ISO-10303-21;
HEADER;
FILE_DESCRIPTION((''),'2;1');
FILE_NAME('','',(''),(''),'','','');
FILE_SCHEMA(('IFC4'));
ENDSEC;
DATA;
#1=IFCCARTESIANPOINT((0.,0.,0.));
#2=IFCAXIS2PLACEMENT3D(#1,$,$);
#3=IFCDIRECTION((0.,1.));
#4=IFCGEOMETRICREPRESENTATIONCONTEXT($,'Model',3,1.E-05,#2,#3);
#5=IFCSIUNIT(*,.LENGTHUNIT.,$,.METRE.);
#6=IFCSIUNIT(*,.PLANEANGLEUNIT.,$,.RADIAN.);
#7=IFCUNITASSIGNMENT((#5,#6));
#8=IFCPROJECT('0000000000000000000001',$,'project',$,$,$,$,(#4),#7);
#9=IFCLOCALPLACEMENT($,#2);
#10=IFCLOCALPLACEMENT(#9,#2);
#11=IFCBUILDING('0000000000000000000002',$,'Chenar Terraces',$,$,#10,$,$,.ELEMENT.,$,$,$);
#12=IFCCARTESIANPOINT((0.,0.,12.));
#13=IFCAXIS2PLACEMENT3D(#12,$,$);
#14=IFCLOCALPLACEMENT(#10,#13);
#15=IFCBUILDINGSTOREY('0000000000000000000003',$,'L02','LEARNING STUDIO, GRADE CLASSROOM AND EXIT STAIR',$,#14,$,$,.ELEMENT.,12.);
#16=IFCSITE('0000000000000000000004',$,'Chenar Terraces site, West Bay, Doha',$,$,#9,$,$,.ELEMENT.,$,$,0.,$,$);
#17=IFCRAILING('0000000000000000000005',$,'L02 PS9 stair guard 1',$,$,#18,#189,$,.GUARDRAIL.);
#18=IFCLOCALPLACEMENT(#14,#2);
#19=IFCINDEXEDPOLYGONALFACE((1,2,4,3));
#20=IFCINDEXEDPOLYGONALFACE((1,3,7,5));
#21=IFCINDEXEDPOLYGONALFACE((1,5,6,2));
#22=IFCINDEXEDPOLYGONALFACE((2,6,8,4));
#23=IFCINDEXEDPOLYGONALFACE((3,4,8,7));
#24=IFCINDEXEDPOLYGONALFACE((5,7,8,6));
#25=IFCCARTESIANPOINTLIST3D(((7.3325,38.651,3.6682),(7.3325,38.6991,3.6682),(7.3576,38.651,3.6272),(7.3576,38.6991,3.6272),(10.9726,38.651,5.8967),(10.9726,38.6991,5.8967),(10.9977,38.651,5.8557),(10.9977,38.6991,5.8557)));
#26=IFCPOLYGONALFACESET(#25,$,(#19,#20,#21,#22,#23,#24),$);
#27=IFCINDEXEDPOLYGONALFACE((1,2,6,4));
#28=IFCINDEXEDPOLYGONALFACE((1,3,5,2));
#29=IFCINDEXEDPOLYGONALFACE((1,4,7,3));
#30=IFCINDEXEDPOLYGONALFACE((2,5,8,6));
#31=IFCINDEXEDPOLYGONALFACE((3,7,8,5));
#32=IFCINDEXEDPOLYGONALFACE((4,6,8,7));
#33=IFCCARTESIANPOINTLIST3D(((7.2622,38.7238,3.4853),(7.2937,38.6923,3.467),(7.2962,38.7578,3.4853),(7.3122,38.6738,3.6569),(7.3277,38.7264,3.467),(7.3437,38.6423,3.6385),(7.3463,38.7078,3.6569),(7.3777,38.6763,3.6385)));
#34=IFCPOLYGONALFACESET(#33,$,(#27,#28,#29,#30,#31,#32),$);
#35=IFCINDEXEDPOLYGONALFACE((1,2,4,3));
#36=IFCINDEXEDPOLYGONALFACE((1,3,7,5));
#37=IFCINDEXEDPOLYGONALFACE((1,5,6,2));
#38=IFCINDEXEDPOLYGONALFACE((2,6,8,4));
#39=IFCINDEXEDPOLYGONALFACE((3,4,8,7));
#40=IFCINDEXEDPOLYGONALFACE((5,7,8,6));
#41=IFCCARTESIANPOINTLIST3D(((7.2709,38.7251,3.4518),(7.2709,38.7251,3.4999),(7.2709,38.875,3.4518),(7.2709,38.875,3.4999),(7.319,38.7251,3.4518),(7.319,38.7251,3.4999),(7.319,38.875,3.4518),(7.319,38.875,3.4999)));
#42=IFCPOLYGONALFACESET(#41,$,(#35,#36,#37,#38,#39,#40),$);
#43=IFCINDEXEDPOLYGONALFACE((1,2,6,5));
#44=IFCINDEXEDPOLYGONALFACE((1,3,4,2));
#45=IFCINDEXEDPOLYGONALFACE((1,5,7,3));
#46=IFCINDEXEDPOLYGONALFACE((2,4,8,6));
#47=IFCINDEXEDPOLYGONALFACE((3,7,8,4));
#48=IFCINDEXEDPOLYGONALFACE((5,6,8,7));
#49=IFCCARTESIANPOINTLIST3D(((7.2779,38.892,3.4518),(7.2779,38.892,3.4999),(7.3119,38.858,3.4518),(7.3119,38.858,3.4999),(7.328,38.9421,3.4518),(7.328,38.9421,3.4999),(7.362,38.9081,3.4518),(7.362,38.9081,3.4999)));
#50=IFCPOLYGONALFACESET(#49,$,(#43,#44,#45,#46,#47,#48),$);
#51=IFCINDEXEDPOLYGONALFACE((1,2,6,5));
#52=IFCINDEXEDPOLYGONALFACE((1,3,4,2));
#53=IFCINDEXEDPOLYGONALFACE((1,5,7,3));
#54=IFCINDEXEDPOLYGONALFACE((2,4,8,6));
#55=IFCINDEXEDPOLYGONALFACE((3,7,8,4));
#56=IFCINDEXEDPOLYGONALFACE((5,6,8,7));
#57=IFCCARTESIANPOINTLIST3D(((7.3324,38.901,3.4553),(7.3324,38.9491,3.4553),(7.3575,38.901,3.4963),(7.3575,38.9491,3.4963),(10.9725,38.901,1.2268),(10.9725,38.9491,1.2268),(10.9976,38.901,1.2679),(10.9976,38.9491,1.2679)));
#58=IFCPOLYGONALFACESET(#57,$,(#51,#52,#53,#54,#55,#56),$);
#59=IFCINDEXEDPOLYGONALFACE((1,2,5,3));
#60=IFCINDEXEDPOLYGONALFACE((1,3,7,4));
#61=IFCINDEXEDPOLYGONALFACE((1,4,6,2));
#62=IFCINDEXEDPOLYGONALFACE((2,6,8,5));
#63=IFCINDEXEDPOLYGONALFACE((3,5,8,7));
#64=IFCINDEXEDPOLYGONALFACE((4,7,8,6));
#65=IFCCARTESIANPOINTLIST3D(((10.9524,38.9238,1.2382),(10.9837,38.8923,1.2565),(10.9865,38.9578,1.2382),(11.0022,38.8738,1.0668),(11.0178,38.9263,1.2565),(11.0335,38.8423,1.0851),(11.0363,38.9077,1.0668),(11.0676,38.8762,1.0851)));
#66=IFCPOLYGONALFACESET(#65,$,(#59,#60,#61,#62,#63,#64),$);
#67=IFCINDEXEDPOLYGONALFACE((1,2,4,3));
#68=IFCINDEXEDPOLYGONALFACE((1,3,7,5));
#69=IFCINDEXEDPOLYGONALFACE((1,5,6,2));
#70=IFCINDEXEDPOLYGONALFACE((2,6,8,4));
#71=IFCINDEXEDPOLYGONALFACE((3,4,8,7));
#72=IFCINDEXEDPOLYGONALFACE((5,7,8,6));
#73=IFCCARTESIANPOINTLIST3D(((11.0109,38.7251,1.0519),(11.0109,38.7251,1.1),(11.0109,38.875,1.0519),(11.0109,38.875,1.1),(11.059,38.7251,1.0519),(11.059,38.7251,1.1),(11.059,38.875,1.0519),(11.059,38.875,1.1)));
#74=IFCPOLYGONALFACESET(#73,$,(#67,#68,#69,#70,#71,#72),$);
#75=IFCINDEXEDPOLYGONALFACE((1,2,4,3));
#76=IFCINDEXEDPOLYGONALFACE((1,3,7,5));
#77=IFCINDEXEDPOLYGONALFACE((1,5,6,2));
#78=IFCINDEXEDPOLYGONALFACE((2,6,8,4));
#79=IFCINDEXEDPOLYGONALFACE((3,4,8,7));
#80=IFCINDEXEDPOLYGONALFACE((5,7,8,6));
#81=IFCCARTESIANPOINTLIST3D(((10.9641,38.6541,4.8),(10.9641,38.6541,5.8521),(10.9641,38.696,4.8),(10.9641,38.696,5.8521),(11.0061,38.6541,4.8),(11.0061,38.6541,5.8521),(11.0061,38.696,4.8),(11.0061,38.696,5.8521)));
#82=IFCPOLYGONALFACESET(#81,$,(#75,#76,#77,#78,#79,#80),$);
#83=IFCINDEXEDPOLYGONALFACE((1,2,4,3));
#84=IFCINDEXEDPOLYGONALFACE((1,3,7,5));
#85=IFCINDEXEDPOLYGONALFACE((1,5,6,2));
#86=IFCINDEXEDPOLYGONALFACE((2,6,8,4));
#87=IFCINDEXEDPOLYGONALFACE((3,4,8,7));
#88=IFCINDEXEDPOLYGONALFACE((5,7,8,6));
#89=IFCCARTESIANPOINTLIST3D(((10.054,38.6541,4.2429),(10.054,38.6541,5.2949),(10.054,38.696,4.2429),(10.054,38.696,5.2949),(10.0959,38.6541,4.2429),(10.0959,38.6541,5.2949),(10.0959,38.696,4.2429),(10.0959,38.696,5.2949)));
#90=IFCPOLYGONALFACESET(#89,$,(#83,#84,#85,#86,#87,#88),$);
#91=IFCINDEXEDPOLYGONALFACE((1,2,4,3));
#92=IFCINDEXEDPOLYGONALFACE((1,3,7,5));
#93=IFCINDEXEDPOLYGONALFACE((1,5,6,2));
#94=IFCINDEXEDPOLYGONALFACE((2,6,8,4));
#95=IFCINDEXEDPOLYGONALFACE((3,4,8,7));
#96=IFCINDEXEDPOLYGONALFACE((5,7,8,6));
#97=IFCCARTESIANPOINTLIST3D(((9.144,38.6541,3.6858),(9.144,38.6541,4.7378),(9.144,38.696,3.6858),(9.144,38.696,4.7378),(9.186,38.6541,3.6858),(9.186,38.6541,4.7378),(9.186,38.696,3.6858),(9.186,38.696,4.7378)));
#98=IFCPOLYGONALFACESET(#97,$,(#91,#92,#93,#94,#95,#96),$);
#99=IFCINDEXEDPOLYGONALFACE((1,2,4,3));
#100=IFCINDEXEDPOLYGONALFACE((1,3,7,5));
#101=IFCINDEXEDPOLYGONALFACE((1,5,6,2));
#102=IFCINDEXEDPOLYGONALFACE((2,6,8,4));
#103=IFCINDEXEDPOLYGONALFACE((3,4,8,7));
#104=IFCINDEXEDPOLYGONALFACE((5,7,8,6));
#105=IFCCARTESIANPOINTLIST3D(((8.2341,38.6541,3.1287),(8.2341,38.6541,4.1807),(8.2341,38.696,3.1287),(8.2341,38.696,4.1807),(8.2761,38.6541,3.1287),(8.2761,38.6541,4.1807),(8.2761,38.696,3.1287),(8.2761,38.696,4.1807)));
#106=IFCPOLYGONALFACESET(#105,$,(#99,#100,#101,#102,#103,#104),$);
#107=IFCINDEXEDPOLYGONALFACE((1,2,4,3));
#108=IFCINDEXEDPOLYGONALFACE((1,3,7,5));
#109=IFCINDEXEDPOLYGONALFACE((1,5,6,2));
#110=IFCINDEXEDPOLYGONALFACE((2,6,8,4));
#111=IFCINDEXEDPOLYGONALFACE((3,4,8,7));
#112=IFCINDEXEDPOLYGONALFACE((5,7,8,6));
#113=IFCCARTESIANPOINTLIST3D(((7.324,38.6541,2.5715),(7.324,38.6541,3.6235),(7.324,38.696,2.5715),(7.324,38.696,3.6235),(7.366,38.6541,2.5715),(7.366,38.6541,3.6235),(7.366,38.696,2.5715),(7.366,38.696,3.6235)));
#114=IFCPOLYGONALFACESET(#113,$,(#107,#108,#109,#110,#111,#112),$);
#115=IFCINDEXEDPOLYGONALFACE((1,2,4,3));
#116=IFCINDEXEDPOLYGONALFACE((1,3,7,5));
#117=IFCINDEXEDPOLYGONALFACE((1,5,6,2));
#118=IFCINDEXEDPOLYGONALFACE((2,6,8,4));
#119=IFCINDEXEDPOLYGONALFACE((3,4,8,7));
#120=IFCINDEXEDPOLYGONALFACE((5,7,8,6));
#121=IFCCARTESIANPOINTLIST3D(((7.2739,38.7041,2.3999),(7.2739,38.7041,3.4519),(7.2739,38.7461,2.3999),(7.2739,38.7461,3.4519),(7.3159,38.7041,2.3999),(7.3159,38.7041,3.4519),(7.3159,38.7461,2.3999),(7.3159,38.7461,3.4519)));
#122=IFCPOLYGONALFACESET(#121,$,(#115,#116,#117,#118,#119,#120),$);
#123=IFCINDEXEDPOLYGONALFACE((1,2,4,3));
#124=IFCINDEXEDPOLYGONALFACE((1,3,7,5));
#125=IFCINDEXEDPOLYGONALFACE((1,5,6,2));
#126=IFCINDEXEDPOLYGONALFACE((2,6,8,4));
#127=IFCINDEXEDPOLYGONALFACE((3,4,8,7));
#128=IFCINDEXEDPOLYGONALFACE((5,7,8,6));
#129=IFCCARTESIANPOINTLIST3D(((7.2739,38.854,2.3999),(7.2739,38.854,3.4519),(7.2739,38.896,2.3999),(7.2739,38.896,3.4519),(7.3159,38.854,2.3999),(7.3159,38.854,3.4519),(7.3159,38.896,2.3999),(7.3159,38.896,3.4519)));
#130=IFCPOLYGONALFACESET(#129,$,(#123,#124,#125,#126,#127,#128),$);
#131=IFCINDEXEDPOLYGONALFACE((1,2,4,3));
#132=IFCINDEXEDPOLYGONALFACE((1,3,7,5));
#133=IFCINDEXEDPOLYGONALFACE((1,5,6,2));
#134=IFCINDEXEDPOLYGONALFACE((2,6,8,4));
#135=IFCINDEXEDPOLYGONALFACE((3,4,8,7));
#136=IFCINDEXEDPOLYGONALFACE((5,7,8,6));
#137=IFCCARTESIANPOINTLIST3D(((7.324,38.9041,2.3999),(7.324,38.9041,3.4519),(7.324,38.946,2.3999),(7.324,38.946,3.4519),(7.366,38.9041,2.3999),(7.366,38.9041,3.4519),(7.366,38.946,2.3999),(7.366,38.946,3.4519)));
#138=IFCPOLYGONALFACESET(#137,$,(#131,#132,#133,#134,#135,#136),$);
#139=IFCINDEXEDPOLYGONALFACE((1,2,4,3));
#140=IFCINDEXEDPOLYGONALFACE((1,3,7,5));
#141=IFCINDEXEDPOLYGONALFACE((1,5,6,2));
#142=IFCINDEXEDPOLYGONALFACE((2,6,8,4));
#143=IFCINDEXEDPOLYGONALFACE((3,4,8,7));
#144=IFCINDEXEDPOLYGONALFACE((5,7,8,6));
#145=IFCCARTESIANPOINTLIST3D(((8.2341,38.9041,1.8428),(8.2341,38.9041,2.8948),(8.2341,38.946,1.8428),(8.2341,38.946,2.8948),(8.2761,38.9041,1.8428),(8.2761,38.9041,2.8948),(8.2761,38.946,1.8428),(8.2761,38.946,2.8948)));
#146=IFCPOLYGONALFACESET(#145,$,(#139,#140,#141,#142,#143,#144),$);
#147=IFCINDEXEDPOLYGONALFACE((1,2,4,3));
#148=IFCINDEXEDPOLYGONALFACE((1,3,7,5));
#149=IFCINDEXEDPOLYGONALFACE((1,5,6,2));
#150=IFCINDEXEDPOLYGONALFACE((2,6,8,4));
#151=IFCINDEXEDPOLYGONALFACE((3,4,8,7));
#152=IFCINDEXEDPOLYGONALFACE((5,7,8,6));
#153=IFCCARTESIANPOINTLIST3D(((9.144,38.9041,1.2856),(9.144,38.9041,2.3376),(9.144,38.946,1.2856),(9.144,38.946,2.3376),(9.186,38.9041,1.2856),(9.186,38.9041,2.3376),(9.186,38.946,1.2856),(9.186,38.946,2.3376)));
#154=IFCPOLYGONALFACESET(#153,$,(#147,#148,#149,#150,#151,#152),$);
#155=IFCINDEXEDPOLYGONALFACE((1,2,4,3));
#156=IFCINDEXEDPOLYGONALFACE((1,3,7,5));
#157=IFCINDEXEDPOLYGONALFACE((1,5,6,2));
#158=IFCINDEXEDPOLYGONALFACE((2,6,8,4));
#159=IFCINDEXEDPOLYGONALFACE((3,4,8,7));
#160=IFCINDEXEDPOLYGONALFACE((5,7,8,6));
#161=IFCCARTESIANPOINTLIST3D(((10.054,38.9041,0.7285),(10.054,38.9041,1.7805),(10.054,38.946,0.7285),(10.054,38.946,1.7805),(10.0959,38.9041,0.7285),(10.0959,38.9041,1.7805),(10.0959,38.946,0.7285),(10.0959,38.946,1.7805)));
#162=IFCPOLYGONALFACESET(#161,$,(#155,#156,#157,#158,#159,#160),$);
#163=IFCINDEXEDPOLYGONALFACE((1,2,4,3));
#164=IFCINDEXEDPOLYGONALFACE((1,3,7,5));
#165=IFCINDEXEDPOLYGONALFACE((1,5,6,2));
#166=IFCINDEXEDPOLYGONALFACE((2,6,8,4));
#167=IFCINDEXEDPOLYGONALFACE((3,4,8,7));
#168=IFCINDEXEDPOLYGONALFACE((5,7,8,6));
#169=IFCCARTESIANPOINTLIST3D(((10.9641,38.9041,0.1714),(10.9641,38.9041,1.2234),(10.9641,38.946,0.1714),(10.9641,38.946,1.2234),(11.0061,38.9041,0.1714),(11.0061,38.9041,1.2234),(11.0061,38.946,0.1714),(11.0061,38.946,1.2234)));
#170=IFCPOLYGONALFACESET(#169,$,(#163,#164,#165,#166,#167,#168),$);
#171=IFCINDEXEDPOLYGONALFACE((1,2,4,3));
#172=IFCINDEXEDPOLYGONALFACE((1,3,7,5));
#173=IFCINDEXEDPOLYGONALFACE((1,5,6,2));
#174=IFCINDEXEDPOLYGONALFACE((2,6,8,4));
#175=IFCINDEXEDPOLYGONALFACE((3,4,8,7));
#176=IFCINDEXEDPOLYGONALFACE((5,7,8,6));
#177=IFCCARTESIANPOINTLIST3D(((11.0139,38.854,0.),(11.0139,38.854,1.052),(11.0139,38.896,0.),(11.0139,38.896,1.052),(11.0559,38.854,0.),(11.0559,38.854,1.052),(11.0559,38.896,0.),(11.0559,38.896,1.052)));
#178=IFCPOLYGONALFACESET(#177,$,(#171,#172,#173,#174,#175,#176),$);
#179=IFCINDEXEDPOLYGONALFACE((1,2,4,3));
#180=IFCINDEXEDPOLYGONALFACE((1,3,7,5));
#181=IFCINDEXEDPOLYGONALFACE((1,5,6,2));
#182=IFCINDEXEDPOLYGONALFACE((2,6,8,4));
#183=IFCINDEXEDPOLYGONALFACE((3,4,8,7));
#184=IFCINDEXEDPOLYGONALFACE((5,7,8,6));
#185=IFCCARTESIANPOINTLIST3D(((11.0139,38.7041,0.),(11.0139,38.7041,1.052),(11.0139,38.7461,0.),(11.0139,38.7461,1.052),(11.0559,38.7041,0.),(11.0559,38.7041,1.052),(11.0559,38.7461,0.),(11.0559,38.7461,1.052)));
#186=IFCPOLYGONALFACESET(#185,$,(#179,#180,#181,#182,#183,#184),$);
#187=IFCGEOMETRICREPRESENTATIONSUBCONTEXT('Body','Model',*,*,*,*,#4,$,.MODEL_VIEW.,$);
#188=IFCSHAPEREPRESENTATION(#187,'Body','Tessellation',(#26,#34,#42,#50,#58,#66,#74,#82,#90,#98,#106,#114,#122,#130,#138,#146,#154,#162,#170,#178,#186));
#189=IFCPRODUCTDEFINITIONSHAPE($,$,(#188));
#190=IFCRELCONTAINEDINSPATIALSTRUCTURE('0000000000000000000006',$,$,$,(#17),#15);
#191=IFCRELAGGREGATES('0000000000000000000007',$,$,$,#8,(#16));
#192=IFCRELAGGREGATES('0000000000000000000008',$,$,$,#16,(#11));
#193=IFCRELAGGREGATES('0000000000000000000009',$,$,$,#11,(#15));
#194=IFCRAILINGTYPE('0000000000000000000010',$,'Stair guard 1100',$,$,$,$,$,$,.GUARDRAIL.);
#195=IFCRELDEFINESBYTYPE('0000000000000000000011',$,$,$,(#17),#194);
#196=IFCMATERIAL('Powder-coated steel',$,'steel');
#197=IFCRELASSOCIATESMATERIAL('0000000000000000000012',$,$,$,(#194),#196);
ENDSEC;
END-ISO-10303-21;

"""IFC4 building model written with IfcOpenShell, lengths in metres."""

from ifc_helpers import new_model, si_unit, direction, frame, origin, origin_2d, place, context, subcontext, project, spatial, rectangle, extrude, material, type_object, element, save


model = new_model("IFC4")

# Units and contexts
model_context = context("Model", 3, precision=1e-05, world=origin(), true_north=direction((0.0, 1.0)))
body_context = subcontext(model_context, "Body", "Model", "MODEL_VIEW")
ifc_project = project(units=[si_unit("LENGTHUNIT", "METRE"), si_unit("PLANEANGLEUNIT", "RADIAN")], contexts=[model_context])

# Site, building, storey
site_placement = place(None, origin())
site = spatial("IfcSite", under=ifc_project, at=site_placement, Name="Chenar Terraces site, West Bay, Doha", CompositionType="ELEMENT", RefElevation=0.0)
building_placement = place(site_placement, origin())
building = spatial("IfcBuilding", under=site, at=building_placement, Name="Chenar Terraces", CompositionType="ELEMENT")
storey_placement = place(building_placement, frame((0.0, 0.0, 12.0)))
storey = spatial("IfcBuildingStorey", under=building, at=storey_placement, Name="L02", Description="LEARNING STUDIO, GRADE CLASSROOM AND EXIT STAIR", CompositionType="ELEMENT", Elevation=12.0)

# Railing
ifc_material_1 = material(Name="Powder-coated steel", Category="steel")
railing_type_1 = type_object("IfcRailingType", Name="Stair guard 1100", PredefinedType="GUARDRAIL", material=ifc_material_1)
railing_1_placement = place(storey_placement, frame((10.9851, 38.675, 4.8)))
element("IfcRailing", 1, at=railing_1_placement, inside=storey, type_object=railing_type_1, Name="L02 PS9 stair guard 1", PredefinedType="GUARDRAIL", context=body_context, shape_type="SweptSolid", body=[
    extrude(rectangle(XDim=0.0481, YDim=0.0481, at=origin_2d()), frame((0.0, 0.0, 1.0762), z_axis=(-0.852866, 0.0, -0.52213), x_axis=(0.0, -1.0, 0.0)), (0.0, 0.0, 1.0), 4.2681),
    extrude(rectangle(XDim=0.0481, YDim=0.0481, at=origin_2d()), frame((-3.6401, 0.0, -1.1523), z_axis=(-0.269583, 0.269583, -0.924473), x_axis=(-0.707107, -0.707107, 0.0)), (0.0, 0.0, 1.0), 0.1855),
    extrude(rectangle(XDim=0.0481, YDim=0.0481, at=origin_2d()), frame((-3.6902, 0.05, -1.3242), z_axis=(0.0, 1.0, 0.0), x_axis=(-1.0, 0.0, 0.0)), (0.0, 0.0, 1.0), 0.1499),
    extrude(rectangle(XDim=0.0481, YDim=0.0481, at=origin_2d()), frame((-3.6902, 0.2, -1.3242), z_axis=(0.707107, 0.707107, 0.0), x_axis=(-0.707107, 0.707107, 0.0)), (0.0, 0.0, 1.0), 0.0708),
    extrude(rectangle(XDim=0.0481, YDim=0.0481, at=origin_2d()), frame((-3.6401, 0.25, -1.3242), z_axis=(0.852866, 0.0, -0.52213), x_axis=(0.0, 1.0, 0.0)), (0.0, 0.0, 1.0), 4.2681),
    extrude(rectangle(XDim=0.0481, YDim=0.0481, at=origin_2d()), frame((0.0, 0.25, -3.5527), z_axis=(0.26869, -0.270007, -0.924609), x_axis=(0.708834, 0.705376, 0.0)), (0.0, 0.0, 1.0), 0.1853),
    extrude(rectangle(XDim=0.0481, YDim=0.0481, at=origin_2d()), frame((0.0498, 0.2, -3.7241), z_axis=(0.0, -1.0, 0.0), x_axis=(1.0, 0.0, 0.0)), (0.0, 0.0, 1.0), 0.1499),
    extrude(rectangle(XDim=0.042, YDim=0.042, at=origin_2d()), origin(), (0.0, 0.0, 1.0), 1.052),
    extrude(rectangle(XDim=0.042, YDim=0.042, at=origin_2d()), frame((-0.9102, 0.0, -0.5571)), (0.0, 0.0, 1.0), 1.052),
    extrude(rectangle(XDim=0.042, YDim=0.042, at=origin_2d()), frame((-1.8201, 0.0, -1.1143)), (0.0, 0.0, 1.0), 1.052),
    extrude(rectangle(XDim=0.042, YDim=0.042, at=origin_2d()), frame((-2.73, 0.0, -1.6714)), (0.0, 0.0, 1.0), 1.052),
    extrude(rectangle(XDim=0.042, YDim=0.042, at=origin_2d()), frame((-3.6401, 0.0, -2.2285)), (0.0, 0.0, 1.0), 1.052),
    extrude(rectangle(XDim=0.042, YDim=0.042, at=origin_2d()), frame((-3.6902, 0.05, -2.4001)), (0.0, 0.0, 1.0), 1.052),
    extrude(rectangle(XDim=0.042, YDim=0.042, at=origin_2d()), frame((-3.6902, 0.2, -2.4001)), (0.0, 0.0, 1.0), 1.052),
    extrude(rectangle(XDim=0.042, YDim=0.042, at=origin_2d()), frame((-3.6401, 0.25, -2.4001)), (0.0, 0.0, 1.0), 1.052),
    extrude(rectangle(XDim=0.042, YDim=0.042, at=origin_2d()), frame((-2.73, 0.25, -2.9573)), (0.0, 0.0, 1.0), 1.052),
    extrude(rectangle(XDim=0.042, YDim=0.042, at=origin_2d()), frame((-1.8201, 0.25, -3.5144)), (0.0, 0.0, 1.0), 1.052),
    extrude(rectangle(XDim=0.042, YDim=0.042, at=origin_2d()), frame((-0.9102, 0.25, -4.0715)), (0.0, 0.0, 1.0), 1.052),
    extrude(rectangle(XDim=0.042, YDim=0.042, at=origin_2d()), frame((0.0, 0.25, -4.6287)), (0.0, 0.0, 1.0), 1.052),
    extrude(rectangle(XDim=0.042, YDim=0.042, at=origin_2d()), frame((0.0498, 0.2, -4.8)), (0.0, 0.0, 1.0), 1.052),
    extrude(rectangle(XDim=0.042, YDim=0.042, at=origin_2d()), frame((0.0498, 0.05, -4.8)), (0.0, 0.0, 1.0), 1.052),
])

save(model, "model.ifc")
